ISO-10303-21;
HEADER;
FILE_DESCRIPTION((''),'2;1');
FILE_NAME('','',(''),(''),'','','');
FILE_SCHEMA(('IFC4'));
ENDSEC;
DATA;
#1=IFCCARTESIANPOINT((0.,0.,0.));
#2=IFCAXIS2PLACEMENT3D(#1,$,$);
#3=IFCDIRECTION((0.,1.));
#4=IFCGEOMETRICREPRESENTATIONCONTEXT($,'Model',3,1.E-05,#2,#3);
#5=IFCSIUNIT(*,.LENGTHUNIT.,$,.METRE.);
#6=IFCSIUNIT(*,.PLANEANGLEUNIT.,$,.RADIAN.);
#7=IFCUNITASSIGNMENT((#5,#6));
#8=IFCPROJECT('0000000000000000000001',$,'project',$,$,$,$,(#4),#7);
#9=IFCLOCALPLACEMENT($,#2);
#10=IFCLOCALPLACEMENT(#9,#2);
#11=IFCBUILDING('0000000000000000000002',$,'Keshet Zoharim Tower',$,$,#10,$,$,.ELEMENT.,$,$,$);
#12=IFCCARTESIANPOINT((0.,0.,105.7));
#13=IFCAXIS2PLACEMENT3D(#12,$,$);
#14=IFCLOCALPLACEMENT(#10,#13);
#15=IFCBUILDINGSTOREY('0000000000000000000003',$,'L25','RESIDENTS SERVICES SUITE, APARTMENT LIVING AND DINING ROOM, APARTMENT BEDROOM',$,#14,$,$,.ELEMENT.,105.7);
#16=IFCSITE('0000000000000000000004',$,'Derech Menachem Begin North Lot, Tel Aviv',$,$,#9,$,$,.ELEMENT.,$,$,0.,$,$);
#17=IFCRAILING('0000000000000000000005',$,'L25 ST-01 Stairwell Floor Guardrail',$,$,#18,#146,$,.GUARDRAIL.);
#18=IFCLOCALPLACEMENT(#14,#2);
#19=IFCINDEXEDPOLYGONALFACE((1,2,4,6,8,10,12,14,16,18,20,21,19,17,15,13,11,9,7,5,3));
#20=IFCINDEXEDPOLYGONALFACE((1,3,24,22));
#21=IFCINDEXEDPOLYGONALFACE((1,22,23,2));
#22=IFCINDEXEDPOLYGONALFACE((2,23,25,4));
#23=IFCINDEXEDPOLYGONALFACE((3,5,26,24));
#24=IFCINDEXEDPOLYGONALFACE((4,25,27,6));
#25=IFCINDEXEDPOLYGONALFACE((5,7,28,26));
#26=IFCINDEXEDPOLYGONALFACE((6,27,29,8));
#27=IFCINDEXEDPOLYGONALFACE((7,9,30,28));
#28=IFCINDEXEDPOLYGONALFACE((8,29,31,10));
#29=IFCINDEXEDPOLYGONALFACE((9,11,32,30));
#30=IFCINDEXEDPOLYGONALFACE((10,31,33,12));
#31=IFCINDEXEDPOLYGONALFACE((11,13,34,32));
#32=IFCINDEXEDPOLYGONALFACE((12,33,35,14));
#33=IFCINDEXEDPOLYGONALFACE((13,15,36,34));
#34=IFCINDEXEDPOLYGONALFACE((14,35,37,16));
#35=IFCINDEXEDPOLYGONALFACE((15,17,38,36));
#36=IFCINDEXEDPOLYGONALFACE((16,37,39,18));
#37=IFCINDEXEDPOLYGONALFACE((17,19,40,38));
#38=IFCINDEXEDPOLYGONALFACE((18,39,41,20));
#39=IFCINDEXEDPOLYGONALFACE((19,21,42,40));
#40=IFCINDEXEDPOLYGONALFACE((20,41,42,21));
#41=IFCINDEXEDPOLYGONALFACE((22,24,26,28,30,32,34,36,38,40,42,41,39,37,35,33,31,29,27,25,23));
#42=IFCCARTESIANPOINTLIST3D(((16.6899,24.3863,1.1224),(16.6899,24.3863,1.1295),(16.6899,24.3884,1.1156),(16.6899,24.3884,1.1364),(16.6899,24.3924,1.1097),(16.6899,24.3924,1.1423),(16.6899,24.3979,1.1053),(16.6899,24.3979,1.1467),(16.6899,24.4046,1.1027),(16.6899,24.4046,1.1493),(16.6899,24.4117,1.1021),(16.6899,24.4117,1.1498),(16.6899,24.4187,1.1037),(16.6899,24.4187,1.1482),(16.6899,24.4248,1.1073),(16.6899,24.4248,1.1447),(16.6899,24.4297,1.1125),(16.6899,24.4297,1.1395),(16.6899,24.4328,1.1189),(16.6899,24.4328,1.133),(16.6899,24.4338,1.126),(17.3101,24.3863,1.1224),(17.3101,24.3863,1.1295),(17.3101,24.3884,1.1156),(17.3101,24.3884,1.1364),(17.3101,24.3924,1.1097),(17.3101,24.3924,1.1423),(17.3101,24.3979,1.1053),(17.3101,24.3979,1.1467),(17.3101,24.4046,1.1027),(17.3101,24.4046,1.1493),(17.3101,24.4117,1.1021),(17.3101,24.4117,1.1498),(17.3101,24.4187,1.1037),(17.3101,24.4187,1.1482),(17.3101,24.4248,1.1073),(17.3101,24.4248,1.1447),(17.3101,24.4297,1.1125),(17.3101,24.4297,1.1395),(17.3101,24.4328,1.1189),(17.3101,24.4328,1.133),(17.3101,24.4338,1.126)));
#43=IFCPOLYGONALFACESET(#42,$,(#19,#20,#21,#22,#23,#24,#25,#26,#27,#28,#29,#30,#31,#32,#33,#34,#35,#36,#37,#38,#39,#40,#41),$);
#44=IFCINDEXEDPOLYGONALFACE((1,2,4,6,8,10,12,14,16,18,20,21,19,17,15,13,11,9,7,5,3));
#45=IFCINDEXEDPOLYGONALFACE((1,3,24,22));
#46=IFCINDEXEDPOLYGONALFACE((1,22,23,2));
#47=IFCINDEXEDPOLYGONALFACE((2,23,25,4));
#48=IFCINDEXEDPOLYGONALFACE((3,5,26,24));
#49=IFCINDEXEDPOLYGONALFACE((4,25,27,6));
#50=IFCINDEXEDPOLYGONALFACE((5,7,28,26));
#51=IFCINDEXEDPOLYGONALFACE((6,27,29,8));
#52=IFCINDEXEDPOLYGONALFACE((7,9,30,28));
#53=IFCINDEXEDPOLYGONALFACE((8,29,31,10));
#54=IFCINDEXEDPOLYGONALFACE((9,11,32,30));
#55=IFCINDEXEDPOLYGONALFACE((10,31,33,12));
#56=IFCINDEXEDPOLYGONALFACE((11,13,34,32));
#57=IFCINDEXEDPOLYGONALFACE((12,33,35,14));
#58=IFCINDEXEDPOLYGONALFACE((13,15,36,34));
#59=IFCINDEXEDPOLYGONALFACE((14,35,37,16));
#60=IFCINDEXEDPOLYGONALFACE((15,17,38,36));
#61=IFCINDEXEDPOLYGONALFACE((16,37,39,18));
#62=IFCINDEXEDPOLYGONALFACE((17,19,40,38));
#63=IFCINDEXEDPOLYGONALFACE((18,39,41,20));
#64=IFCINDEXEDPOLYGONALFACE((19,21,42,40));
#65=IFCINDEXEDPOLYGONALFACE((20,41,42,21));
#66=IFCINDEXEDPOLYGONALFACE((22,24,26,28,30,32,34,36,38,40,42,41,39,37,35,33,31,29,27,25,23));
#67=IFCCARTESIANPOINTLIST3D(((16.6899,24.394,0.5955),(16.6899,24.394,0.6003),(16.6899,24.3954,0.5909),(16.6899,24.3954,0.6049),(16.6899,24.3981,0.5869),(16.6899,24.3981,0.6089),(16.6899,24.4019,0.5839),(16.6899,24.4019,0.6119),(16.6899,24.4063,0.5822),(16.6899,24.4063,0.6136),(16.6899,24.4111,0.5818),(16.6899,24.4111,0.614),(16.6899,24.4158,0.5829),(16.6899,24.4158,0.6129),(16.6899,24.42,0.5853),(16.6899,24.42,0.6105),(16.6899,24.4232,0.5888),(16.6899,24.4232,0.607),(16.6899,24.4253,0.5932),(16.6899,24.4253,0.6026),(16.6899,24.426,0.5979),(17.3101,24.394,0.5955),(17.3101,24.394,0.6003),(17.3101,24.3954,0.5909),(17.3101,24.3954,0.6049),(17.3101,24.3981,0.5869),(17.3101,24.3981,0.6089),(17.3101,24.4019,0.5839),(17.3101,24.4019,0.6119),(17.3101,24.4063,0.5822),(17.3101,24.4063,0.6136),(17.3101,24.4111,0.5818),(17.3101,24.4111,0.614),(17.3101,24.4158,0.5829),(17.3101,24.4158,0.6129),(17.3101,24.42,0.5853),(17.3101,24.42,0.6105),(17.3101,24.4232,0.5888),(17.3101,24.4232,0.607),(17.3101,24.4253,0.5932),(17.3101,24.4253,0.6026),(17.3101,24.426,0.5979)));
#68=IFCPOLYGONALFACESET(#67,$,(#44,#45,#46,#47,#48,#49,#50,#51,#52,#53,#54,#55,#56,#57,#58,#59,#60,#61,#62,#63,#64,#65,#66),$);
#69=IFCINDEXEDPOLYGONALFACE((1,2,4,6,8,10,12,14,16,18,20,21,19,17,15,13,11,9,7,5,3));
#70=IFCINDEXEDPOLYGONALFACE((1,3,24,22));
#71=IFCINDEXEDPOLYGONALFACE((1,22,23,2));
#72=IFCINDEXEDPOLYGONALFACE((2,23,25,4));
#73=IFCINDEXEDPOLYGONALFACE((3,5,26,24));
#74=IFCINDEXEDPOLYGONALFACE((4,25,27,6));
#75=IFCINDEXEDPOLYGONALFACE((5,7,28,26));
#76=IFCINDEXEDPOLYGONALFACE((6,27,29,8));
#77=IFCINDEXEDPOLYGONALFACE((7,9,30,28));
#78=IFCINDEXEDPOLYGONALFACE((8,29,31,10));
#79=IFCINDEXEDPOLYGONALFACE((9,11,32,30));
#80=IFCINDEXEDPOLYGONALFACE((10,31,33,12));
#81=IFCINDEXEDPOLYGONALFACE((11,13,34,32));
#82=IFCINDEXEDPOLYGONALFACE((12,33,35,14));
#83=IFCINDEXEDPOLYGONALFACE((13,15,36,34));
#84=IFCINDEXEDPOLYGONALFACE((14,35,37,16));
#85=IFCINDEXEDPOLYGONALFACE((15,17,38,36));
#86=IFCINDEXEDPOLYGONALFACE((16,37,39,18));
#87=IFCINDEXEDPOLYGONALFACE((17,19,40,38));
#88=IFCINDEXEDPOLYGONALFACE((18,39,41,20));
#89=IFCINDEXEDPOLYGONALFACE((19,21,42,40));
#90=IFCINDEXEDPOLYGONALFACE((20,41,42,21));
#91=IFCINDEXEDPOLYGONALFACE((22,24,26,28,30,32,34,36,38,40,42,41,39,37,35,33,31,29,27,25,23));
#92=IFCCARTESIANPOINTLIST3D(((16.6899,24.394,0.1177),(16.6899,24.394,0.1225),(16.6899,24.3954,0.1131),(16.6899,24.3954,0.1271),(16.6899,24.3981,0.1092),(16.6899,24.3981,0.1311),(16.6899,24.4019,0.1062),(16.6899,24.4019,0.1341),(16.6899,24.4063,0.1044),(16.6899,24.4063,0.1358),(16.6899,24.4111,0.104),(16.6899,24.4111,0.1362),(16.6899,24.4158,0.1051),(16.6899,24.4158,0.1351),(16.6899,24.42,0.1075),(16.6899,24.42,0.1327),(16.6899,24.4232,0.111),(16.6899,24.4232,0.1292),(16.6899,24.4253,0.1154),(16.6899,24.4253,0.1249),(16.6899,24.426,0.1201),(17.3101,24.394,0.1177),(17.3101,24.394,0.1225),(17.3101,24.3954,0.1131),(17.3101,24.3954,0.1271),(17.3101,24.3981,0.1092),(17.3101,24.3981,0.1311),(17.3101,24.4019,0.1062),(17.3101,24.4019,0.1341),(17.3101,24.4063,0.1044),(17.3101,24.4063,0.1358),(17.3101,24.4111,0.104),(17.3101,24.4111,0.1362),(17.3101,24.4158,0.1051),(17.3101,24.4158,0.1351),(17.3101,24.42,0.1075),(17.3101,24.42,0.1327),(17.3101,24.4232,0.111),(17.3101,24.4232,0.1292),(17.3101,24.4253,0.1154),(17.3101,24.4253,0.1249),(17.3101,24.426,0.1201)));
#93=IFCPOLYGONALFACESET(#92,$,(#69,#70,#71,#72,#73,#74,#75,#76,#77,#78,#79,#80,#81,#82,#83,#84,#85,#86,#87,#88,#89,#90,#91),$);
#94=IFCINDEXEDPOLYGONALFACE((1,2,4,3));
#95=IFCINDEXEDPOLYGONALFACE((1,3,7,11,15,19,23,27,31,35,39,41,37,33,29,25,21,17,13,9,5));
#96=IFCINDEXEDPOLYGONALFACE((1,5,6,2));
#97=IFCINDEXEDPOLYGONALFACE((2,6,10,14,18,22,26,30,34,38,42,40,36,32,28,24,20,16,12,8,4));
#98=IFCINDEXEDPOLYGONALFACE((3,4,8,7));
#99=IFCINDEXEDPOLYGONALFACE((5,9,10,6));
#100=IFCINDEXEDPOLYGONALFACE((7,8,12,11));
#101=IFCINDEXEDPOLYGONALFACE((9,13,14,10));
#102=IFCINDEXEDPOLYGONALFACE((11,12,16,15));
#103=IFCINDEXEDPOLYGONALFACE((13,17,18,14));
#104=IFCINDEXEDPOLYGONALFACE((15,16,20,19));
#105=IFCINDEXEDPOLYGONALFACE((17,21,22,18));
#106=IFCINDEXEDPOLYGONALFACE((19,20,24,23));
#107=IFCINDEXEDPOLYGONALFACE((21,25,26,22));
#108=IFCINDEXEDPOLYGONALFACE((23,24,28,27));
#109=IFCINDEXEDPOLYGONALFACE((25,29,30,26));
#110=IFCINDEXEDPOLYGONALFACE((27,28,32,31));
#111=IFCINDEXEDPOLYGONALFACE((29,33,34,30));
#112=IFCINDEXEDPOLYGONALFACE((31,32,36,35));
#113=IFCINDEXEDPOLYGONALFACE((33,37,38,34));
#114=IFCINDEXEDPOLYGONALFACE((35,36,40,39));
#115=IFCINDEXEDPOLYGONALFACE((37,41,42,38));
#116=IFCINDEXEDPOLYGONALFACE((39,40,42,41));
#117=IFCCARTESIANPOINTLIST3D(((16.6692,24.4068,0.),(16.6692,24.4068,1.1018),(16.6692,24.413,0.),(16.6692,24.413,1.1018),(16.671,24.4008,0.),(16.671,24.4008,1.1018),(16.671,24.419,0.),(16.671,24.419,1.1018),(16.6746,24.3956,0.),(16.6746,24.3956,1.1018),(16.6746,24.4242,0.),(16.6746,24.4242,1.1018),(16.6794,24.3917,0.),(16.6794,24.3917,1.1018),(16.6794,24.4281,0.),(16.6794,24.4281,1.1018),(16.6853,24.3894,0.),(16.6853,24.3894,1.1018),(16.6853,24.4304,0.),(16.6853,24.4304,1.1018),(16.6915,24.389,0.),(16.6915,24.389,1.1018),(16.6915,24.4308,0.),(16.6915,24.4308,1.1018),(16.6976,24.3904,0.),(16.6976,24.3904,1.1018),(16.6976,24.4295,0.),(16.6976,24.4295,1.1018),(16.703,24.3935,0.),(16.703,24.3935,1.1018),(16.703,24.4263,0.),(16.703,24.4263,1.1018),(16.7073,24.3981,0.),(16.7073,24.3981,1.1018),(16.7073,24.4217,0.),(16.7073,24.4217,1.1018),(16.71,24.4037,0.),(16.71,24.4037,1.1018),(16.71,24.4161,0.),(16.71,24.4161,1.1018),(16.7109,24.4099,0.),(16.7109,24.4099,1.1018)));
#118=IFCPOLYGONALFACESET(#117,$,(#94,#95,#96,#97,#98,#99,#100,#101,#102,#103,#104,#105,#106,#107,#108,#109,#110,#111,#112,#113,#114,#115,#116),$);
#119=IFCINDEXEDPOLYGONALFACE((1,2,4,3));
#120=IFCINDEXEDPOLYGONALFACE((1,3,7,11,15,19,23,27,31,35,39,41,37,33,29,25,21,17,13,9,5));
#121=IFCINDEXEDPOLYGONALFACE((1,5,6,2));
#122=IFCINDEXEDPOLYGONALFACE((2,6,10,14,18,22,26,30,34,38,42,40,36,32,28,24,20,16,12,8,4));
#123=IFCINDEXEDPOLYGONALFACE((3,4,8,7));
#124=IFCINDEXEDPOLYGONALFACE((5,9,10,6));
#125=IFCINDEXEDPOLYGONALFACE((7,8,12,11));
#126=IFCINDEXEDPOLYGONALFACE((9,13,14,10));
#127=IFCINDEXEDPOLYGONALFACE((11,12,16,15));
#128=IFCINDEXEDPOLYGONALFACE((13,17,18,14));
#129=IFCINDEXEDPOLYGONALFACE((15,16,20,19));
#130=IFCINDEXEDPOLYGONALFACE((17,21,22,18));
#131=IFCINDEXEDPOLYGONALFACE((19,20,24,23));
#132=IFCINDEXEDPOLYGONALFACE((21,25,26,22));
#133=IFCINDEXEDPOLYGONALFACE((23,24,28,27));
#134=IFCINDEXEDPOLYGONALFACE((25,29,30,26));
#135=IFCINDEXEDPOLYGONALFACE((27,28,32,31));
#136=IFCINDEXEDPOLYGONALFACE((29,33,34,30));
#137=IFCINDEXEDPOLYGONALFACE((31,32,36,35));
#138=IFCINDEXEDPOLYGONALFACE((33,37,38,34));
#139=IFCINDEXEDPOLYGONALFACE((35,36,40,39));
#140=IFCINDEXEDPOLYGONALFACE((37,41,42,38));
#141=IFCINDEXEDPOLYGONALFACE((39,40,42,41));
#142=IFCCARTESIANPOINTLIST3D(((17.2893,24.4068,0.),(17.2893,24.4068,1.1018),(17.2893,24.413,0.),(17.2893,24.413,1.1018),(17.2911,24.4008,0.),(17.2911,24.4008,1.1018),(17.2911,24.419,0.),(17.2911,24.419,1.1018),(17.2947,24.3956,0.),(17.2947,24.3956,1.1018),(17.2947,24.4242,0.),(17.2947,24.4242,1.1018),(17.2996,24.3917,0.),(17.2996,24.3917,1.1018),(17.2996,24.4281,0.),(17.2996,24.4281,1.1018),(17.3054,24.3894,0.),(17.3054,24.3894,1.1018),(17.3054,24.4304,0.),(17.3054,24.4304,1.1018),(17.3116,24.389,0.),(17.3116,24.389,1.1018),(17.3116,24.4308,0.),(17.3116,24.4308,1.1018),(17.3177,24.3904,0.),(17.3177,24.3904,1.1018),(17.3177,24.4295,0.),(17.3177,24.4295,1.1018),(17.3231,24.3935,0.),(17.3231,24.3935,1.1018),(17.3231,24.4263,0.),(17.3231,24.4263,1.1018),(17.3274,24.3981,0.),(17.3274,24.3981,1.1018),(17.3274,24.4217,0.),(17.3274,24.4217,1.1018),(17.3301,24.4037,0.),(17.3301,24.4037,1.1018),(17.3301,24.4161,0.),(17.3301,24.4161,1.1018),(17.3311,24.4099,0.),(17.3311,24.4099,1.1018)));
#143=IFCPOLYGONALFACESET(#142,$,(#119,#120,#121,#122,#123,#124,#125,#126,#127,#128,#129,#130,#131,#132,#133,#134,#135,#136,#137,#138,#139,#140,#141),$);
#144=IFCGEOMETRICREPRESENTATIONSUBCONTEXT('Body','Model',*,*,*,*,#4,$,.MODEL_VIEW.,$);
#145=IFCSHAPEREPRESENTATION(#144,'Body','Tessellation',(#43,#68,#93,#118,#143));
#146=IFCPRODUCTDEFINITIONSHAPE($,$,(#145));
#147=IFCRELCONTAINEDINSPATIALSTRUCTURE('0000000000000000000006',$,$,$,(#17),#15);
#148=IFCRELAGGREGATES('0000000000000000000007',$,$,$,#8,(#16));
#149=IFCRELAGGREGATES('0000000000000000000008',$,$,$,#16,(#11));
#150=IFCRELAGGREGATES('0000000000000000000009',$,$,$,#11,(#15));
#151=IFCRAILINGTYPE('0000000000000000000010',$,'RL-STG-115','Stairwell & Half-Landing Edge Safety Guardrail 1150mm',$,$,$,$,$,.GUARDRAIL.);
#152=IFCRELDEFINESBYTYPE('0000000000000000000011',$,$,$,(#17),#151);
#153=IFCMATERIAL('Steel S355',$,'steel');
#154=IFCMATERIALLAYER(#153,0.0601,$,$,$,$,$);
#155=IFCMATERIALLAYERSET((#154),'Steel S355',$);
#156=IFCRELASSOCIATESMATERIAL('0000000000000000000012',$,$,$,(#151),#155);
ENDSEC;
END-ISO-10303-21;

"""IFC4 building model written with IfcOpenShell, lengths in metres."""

from ifc_helpers import new_model, si_unit, direction, frame, origin, origin_2d, place, context, subcontext, project, spatial, circle, extrude, material, layer, layer_set, type_object, element, save


model = new_model("IFC4")

# Units and contexts
model_context = context("Model", 3, precision=1e-05, world=origin(), true_north=direction((0.0, 1.0)))
body_context = subcontext(model_context, "Body", "Model", "MODEL_VIEW")
ifc_project = project(units=[si_unit("LENGTHUNIT", "METRE"), si_unit("PLANEANGLEUNIT", "RADIAN")], contexts=[model_context])

# Site, building, storey
site_placement = place(None, origin())
site = spatial("IfcSite", under=ifc_project, at=site_placement, Name="Derech Menachem Begin North Lot, Tel Aviv", CompositionType="ELEMENT", RefElevation=0.0)
building_placement = place(site_placement, origin())
building = spatial("IfcBuilding", under=site, at=building_placement, Name="Keshet Zoharim Tower", CompositionType="ELEMENT")
storey_placement = place(building_placement, frame((0.0, 0.0, 105.7)))
storey = spatial("IfcBuildingStorey", under=building, at=storey_placement, Name="L25", Description="RESIDENTS SERVICES SUITE, APARTMENT LIVING AND DINING ROOM, APARTMENT BEDROOM", CompositionType="ELEMENT", Elevation=105.7)

# Shared definitions
ifc_material_1 = material(Name="Steel S355", Category="steel")

# Railing
ifc_layer_1 = layer(ifc_material_1, 0.0601)
ifc_layer_set_1 = layer_set([ifc_layer_1], Name="Steel S355")
railing_type_1 = type_object("IfcRailingType", Name="RL-STG-115", Description="Stairwell & Half-Landing Edge Safety Guardrail 1150mm", PredefinedType="GUARDRAIL", material=ifc_layer_set_1)
railing_1_placement = place(storey_placement, frame((16.6899, 24.4099, 0.0)))
element("IfcRailing", 1, at=railing_1_placement, inside=storey, type_object=railing_type_1, Name="L25 ST-01 Stairwell Floor Guardrail", PredefinedType="GUARDRAIL", context=body_context, shape_type="SweptSolid", body=[
    extrude(circle(Radius=0.0239, at=origin_2d()), frame((0.0, 0.0, 1.126), z_axis=(1.0, 0.0, 0.0), x_axis=(0.0, 1.0, 0.0)), (0.0, 0.0, 1.0), 0.6201),
    extrude(circle(Radius=0.0161, at=origin_2d()), frame((0.0, 0.0, 0.5979), z_axis=(1.0, 0.0, 0.0), x_axis=(0.0, 1.0, 0.0)), (0.0, 0.0, 1.0), 0.6201),
    extrude(circle(Radius=0.0161, at=origin_2d()), frame((0.0, 0.0, 0.1201), z_axis=(1.0, 0.0, 0.0), x_axis=(0.0, 1.0, 0.0)), (0.0, 0.0, 1.0), 0.6201),
    extrude(circle(Radius=0.021, at=origin_2d()), origin(), (0.0, 0.0, 1.0), 1.1018),
    extrude(circle(Radius=0.021, at=origin_2d()), frame((0.6201, 0.0, 0.0)), (0.0, 0.0, 1.0), 1.1018),
])

save(model, "model.ifc")
